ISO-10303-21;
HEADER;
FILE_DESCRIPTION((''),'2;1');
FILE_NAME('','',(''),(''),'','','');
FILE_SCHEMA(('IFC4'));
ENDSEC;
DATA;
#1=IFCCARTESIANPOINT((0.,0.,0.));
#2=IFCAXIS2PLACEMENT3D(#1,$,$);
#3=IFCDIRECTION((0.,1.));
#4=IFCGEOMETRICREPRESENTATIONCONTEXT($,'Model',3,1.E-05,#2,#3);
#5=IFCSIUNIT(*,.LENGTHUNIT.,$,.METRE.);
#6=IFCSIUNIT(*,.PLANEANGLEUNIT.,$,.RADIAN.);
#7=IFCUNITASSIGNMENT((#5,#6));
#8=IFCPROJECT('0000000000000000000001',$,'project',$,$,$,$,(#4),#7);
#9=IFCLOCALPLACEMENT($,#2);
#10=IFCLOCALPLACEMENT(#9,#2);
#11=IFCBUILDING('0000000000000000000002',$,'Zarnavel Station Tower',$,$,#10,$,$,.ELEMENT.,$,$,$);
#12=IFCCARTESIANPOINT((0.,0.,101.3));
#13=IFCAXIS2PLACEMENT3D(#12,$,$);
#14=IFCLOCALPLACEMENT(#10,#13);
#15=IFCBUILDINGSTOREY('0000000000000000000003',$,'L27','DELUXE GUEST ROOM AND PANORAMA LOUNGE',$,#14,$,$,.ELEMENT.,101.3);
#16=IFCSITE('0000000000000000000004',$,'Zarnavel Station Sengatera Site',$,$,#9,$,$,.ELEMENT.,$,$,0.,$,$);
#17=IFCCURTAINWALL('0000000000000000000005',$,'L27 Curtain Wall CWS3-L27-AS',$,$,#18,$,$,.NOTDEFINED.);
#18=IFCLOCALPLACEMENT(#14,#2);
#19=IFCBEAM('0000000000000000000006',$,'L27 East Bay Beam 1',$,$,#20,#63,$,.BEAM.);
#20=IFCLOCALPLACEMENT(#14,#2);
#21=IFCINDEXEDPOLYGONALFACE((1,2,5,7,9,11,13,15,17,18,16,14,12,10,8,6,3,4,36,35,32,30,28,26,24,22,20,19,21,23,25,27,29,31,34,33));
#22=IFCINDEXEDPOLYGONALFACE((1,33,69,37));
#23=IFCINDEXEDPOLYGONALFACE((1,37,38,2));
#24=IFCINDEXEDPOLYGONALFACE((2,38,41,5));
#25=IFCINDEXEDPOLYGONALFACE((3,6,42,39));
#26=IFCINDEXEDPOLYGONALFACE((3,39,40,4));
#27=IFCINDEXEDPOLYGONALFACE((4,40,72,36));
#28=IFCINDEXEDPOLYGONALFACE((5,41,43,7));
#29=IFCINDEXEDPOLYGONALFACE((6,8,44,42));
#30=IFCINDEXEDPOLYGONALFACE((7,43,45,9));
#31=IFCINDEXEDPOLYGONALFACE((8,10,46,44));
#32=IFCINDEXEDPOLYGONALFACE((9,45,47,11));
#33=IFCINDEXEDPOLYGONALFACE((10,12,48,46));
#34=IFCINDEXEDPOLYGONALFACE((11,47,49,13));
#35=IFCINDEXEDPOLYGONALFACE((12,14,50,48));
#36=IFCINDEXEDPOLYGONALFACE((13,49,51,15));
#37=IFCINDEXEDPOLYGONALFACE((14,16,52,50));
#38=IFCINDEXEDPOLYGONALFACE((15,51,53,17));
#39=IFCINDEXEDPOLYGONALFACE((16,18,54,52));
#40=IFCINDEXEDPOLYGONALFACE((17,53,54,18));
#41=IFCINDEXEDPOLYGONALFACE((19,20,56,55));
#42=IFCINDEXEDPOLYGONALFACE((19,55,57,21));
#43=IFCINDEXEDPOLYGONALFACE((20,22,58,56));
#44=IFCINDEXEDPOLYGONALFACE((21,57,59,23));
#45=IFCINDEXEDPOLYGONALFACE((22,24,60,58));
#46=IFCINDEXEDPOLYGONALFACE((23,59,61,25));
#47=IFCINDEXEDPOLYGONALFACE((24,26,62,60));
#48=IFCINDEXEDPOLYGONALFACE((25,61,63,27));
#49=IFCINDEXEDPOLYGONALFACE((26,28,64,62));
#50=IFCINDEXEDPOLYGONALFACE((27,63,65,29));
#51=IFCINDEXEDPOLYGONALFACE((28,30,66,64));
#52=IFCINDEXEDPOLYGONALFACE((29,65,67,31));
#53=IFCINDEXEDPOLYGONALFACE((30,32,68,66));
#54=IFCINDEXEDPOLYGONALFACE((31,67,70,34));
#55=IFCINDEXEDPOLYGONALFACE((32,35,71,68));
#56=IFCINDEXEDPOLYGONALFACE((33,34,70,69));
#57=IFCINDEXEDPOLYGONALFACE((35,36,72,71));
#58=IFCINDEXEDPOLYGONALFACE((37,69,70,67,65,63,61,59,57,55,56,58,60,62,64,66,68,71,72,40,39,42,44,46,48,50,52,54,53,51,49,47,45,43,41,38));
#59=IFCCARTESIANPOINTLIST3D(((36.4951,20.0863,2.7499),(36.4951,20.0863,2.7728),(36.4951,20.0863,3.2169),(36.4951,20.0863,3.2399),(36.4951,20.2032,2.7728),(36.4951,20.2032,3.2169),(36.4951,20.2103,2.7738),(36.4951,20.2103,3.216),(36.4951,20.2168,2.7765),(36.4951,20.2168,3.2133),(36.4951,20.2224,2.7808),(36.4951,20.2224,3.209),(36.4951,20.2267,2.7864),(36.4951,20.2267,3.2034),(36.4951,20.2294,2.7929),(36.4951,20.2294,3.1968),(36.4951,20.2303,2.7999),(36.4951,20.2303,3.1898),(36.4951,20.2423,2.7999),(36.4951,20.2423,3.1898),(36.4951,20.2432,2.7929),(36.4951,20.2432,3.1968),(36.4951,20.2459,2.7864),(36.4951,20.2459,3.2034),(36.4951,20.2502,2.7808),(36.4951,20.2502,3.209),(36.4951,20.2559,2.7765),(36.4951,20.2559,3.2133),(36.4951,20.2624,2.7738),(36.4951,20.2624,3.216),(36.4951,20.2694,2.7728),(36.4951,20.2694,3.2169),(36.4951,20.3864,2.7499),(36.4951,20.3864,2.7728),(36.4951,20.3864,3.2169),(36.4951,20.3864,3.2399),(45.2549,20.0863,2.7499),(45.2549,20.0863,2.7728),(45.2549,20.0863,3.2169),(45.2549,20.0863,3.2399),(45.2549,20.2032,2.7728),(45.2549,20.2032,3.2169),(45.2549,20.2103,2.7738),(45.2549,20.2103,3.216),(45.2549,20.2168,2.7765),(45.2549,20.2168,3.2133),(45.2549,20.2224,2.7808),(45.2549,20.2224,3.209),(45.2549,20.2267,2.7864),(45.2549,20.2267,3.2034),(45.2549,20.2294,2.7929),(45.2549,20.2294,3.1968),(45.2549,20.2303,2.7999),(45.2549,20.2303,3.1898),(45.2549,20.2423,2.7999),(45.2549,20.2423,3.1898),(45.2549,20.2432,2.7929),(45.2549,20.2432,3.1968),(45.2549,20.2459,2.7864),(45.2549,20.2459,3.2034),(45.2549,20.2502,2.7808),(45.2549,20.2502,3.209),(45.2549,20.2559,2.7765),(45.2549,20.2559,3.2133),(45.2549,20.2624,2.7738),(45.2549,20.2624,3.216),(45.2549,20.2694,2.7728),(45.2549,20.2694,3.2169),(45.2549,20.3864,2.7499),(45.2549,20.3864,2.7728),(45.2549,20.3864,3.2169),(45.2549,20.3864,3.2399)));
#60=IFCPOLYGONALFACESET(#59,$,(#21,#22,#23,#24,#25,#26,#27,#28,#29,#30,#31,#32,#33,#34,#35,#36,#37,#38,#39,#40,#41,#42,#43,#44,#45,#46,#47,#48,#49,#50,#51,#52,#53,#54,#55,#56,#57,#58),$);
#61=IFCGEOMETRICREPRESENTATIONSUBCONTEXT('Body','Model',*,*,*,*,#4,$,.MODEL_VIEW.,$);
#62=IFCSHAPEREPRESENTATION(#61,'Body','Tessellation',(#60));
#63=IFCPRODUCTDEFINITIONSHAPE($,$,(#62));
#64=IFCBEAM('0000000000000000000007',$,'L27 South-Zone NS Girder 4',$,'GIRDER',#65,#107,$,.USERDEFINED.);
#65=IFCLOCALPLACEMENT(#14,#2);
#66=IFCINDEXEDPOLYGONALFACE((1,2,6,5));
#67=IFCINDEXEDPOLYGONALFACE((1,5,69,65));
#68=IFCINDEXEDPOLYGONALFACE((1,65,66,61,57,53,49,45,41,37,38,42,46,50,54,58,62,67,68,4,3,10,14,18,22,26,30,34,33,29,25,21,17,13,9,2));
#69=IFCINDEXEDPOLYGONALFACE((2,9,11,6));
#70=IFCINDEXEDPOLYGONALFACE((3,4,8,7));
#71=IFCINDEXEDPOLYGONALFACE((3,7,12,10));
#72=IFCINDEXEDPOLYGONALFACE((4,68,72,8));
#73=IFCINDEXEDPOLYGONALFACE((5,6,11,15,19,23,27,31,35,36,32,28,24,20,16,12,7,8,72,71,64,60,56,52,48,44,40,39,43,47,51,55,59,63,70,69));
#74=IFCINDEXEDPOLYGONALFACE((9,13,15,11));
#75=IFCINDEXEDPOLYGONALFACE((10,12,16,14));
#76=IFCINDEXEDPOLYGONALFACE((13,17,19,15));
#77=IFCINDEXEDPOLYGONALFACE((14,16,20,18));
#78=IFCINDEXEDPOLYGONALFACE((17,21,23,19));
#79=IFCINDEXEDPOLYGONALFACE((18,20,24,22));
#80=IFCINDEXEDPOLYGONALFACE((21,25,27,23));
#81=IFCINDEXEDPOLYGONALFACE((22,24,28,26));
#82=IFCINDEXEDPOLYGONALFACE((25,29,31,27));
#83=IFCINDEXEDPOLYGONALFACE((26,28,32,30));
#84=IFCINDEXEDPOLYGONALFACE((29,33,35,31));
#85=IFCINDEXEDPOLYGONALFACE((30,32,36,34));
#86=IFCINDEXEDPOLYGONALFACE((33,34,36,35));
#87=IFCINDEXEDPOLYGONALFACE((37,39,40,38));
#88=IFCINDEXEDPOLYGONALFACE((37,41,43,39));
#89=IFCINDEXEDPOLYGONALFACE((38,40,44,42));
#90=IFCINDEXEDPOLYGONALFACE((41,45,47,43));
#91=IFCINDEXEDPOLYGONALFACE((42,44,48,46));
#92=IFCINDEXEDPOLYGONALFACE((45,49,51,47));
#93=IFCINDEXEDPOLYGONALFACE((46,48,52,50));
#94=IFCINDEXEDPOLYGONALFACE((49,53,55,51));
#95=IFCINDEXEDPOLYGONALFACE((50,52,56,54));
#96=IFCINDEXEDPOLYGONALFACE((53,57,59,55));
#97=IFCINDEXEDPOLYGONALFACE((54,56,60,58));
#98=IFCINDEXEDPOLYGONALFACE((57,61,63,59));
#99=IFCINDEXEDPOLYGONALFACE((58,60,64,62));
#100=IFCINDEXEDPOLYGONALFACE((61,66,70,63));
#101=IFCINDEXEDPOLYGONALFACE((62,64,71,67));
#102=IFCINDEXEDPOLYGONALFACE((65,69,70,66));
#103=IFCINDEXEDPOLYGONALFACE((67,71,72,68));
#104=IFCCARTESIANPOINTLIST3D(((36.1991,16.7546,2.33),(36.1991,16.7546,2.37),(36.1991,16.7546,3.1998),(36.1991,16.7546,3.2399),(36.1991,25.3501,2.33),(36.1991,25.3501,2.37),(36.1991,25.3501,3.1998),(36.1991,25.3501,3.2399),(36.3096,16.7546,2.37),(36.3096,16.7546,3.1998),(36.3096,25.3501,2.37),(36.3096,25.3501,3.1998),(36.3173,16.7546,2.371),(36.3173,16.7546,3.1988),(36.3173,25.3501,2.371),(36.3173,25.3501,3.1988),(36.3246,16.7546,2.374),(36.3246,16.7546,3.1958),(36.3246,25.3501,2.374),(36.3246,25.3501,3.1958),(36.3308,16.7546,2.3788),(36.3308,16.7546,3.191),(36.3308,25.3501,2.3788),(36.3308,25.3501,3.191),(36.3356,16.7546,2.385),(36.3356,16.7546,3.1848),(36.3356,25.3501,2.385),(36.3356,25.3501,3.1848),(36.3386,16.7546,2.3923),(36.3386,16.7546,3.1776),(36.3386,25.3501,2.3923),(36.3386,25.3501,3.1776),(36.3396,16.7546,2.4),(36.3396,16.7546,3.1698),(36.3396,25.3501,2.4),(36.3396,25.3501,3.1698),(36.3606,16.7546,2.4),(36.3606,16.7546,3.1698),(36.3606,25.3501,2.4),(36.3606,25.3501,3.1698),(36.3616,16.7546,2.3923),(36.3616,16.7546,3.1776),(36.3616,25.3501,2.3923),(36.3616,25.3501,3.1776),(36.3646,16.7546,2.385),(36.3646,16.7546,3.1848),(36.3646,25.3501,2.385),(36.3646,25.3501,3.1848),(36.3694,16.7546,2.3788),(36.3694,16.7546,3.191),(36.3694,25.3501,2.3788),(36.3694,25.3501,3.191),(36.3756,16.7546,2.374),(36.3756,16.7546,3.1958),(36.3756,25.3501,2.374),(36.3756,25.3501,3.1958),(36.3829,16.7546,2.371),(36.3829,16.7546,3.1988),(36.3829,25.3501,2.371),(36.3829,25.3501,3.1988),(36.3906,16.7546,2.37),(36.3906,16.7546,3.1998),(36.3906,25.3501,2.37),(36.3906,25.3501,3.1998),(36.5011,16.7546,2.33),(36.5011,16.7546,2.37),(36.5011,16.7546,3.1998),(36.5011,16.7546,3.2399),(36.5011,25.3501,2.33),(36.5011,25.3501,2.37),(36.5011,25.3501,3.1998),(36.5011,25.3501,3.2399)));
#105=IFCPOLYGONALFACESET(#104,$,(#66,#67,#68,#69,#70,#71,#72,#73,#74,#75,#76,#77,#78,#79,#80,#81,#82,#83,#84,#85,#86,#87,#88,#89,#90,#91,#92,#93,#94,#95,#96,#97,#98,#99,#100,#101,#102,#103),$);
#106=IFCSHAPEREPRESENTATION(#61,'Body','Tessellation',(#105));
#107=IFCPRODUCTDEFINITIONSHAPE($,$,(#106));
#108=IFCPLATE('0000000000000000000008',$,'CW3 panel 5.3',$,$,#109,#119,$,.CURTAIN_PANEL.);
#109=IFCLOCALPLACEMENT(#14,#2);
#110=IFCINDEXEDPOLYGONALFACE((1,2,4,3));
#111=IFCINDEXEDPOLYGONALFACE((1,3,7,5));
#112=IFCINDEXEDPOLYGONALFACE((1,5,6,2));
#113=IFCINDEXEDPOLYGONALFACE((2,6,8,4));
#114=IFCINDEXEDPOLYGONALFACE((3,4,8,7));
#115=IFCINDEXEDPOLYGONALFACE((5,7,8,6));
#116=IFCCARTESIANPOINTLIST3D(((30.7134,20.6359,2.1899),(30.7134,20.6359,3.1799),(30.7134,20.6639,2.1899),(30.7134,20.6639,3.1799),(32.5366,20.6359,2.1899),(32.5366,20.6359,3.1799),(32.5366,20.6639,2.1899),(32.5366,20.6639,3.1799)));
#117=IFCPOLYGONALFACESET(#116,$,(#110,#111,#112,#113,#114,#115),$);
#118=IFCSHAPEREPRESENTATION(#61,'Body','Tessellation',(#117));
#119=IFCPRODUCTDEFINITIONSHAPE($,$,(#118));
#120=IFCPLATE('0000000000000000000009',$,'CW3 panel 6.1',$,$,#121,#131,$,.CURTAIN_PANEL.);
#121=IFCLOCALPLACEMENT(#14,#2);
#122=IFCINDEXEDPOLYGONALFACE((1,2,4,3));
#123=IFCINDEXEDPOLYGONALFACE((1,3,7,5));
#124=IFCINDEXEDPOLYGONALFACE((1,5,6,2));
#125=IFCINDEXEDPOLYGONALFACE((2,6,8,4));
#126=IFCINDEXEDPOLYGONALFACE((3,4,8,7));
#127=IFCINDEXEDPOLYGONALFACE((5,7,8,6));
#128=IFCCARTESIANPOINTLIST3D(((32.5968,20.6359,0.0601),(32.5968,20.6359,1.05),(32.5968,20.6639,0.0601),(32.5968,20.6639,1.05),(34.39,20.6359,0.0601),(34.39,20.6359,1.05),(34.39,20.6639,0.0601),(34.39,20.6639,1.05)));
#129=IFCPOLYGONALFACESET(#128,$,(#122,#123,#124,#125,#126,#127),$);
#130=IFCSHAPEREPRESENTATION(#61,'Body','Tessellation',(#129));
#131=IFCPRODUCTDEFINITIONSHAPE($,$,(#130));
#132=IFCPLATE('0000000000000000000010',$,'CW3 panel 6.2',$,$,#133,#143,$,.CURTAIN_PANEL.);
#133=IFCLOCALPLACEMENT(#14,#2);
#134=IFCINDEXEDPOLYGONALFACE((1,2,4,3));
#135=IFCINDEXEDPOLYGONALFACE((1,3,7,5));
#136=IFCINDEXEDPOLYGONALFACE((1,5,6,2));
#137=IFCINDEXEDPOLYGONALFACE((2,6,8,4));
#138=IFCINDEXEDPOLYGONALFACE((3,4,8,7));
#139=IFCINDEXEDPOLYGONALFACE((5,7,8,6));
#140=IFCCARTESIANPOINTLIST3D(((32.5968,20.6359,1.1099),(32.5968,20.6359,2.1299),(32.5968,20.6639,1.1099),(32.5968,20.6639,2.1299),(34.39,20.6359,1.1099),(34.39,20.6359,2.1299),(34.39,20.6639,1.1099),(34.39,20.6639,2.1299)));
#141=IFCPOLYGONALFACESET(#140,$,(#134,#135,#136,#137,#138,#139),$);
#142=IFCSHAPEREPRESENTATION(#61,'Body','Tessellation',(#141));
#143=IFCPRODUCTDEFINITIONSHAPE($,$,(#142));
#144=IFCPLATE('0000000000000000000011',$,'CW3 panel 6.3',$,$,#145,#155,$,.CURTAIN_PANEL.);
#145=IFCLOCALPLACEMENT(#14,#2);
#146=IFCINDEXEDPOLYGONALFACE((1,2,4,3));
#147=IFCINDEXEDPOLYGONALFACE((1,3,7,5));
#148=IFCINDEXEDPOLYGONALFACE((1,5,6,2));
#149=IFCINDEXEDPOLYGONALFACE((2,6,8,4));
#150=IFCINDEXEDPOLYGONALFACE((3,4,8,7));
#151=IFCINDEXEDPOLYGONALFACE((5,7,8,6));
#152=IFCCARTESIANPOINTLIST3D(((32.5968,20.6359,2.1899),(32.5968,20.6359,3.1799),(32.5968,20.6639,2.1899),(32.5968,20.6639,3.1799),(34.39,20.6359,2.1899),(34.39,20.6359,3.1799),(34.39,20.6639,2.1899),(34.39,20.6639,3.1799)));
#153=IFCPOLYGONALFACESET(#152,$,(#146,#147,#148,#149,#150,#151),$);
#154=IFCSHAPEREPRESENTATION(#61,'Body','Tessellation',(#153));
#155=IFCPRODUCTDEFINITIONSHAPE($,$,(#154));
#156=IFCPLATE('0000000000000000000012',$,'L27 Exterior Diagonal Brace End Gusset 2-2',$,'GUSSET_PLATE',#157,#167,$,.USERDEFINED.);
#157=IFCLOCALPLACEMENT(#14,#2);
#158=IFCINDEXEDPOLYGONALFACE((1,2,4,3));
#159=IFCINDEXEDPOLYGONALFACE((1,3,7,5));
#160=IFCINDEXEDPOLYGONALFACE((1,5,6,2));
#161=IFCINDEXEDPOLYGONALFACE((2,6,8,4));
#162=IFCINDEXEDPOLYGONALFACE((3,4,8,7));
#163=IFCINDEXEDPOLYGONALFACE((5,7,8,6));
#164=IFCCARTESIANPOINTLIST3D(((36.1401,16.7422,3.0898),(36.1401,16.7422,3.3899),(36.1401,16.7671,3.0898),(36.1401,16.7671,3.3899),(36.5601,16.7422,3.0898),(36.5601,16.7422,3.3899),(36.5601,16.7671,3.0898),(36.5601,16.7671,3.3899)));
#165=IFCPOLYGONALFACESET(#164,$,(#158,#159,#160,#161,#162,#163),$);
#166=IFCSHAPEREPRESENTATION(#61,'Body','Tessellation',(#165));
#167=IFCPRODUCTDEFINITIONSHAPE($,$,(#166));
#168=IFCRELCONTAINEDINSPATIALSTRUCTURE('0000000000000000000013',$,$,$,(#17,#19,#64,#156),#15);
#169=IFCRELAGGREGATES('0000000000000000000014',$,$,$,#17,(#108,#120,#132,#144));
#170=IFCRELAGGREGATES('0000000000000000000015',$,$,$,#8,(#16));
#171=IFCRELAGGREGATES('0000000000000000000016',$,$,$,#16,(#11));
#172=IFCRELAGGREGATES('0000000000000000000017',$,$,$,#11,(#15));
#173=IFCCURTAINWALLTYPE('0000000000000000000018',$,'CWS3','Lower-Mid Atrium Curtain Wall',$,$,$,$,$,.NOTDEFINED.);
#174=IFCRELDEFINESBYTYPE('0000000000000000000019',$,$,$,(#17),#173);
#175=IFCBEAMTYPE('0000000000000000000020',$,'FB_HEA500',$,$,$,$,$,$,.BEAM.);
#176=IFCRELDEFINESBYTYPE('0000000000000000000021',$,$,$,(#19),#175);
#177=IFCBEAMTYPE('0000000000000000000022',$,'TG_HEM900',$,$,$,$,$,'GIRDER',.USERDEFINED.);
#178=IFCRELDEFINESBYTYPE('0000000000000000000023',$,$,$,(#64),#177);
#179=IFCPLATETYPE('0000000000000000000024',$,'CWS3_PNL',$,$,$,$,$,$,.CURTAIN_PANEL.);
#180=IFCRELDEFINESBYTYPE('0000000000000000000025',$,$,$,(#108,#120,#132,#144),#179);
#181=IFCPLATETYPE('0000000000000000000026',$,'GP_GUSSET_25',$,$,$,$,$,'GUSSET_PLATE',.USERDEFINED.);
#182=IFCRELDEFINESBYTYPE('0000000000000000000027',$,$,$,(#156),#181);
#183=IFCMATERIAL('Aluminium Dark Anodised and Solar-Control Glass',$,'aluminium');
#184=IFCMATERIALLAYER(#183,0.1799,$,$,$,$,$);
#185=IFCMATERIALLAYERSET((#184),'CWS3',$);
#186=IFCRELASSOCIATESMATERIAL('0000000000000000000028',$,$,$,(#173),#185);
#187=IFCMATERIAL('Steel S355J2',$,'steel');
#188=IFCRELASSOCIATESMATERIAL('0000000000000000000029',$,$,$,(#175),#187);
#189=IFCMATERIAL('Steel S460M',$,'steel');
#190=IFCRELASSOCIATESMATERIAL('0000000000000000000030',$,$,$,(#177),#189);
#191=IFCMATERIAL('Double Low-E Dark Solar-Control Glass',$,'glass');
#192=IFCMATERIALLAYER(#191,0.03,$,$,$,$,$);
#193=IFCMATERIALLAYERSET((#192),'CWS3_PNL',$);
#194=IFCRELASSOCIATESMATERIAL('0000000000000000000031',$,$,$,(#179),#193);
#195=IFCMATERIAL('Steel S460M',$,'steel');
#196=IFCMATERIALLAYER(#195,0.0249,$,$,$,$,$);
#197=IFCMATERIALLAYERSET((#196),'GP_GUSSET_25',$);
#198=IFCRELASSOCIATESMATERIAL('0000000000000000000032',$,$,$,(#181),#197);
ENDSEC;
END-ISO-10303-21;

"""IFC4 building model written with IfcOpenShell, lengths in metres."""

from ifc_helpers import new_model, si_unit, direction, frame, origin, origin_2d, place, context, subcontext, project, spatial, rectangle, i_section, extrude, material, layer, layer_set, material_profile, profile_set, type_object, element, aggregate, save


model = new_model("IFC4")

# Units and contexts
model_context = context("Model", 3, precision=1e-05, world=origin(), true_north=direction((0.0, 1.0)))
body_context = subcontext(model_context, "Body", "Model", "MODEL_VIEW")
ifc_project = project(units=[si_unit("LENGTHUNIT", "METRE"), si_unit("PLANEANGLEUNIT", "RADIAN")], contexts=[model_context])

# Site, building, storey
site_placement = place(None, origin())
site = spatial("IfcSite", under=ifc_project, at=site_placement, Name="Zarnavel Station Sengatera Site", CompositionType="ELEMENT", RefElevation=0.0)
building_placement = place(site_placement, origin())
building = spatial("IfcBuilding", under=site, at=building_placement, Name="Zarnavel Station Tower", CompositionType="ELEMENT")
storey_placement = place(building_placement, frame((0.0, 0.0, 101.3)))
storey = spatial("IfcBuildingStorey", under=building, at=storey_placement, Name="L27", Description="DELUXE GUEST ROOM AND PANORAMA LOUNGE", CompositionType="ELEMENT", Elevation=101.3)

# Curtain wall
ifc_material_1 = material(Name="Aluminium Dark Anodised and Solar-Control Glass", Category="aluminium")
ifc_layer_1 = layer(ifc_material_1, 0.1799)
ifc_layer_set_1 = layer_set([ifc_layer_1], Name="CWS3")
curtain_wall_type = type_object("IfcCurtainWallType", Name="CWS3", Description="Lower-Mid Atrium Curtain Wall", PredefinedType="NOTDEFINED", material=ifc_layer_set_1)
curtain_wall_placement = place(storey_placement, origin())
curtain_wall = element("IfcCurtainWall", 1, at=curtain_wall_placement, inside=storey, type_object=curtain_wall_type, Name="L27 Curtain Wall CWS3-L27-AS", PredefinedType="NOTDEFINED")

# Beams
ifc_material_2 = material(Name="Steel S355J2", Category="steel")
ifc_material_profile_1 = material_profile(ifc_material_2, i_section(OverallWidth=0.3, OverallDepth=0.49, WebThickness=0.012, FlangeThickness=0.0229, FilletRadius=0.0271, at=origin_2d()), Name="HEA500")
ifc_profile_set_1 = profile_set([ifc_material_profile_1], Name="Steel S355J2")
beam_type_1 = type_object("IfcBeamType", Name="FB_HEA500", PredefinedType="BEAM", material=ifc_profile_set_1)
beam_1_placement = place(storey_placement, frame((36.4951, 20.2363, 2.9949), z_axis=(1.0, 0.0, 0.0), x_axis=(0.0, 1.0, 0.0)))
element("IfcBeam", 2, at=beam_1_placement, inside=storey, type_object=beam_type_1, Name="L27 East Bay Beam 1", PredefinedType="BEAM", context=body_context, shape_type="SweptSolid", body=[
    extrude(i_section(OverallWidth=0.3, OverallDepth=0.49, WebThickness=0.012, FlangeThickness=0.0229, FilletRadius=0.0271, at=origin_2d()), origin(), (0.0, 0.0, 1.0), 8.7598),
])
ifc_material_3 = material(Name="Steel S460M", Category="steel")
ifc_material_profile_2 = material_profile(ifc_material_3, i_section(OverallWidth=0.302, OverallDepth=0.9099, WebThickness=0.021, FlangeThickness=0.04, FilletRadius=0.03, at=origin_2d()), Name="HEM900")
ifc_profile_set_2 = profile_set([ifc_material_profile_2], Name="Steel S460M")
beam_type_2 = type_object("IfcBeamType", Name="TG_HEM900", ElementType="GIRDER", PredefinedType="USERDEFINED", material=ifc_profile_set_2)
beam_2_placement = place(storey_placement, frame((36.3501, 16.7546, 2.7849), z_axis=(0.0, 1.0, 0.0), x_axis=(-1.0, 0.0, 0.0)))
element("IfcBeam", 3, at=beam_2_placement, inside=storey, type_object=beam_type_2, Name="L27 South-Zone NS Girder 4", ObjectType="GIRDER", PredefinedType="USERDEFINED", context=body_context, shape_type="SweptSolid", body=[
    extrude(i_section(OverallWidth=0.302, OverallDepth=0.9099, WebThickness=0.021, FlangeThickness=0.04, FilletRadius=0.03, at=origin_2d()), origin(), (0.0, 0.0, 1.0), 8.5955),
])

# Plates
ifc_material_4 = material(Name="Double Low-E Dark Solar-Control Glass", Category="glass")
ifc_layer_2 = layer(ifc_material_4, 0.03)
ifc_layer_set_2 = layer_set([ifc_layer_2], Name="CWS3_PNL")
plate_type_1 = type_object("IfcPlateType", Name="CWS3_PNL", PredefinedType="CURTAIN_PANEL", material=ifc_layer_set_2)
plate_1_placement = place(storey_placement, frame((31.625, 20.6499, 2.1899), z_axis=(0.0, 0.0, 1.0), x_axis=(1.0, 0.0, 0.0)))
plate_1 = element("IfcPlate", 4, at=plate_1_placement, type_object=plate_type_1, Name="CW3 panel 5.3", PredefinedType="CURTAIN_PANEL", context=body_context, shape_type="SweptSolid", body=[
    extrude(rectangle(XDim=1.8232, YDim=0.0281, at=origin_2d()), origin(), (0.0, 0.0, 1.0), 0.99),
])
plate_2_placement = place(storey_placement, frame((33.4934, 20.6499, 0.0601), z_axis=(0.0, 0.0, 1.0), x_axis=(1.0, 0.0, 0.0)))
plate_2 = element("IfcPlate", 5, at=plate_2_placement, type_object=plate_type_1, Name="CW3 panel 6.1", PredefinedType="CURTAIN_PANEL", context=body_context, shape_type="SweptSolid", body=[
    extrude(rectangle(XDim=1.7932, YDim=0.0281, at=origin_2d()), origin(), (0.0, 0.0, 1.0), 0.99),
])
plate_3_placement = place(storey_placement, frame((33.4934, 20.6499, 1.1099), z_axis=(0.0, 0.0, 1.0), x_axis=(1.0, 0.0, 0.0)))
plate_3 = element("IfcPlate", 6, at=plate_3_placement, type_object=plate_type_1, Name="CW3 panel 6.2", PredefinedType="CURTAIN_PANEL", context=body_context, shape_type="SweptSolid", body=[
    extrude(rectangle(XDim=1.7932, YDim=0.0281, at=origin_2d()), origin(), (0.0, 0.0, 1.0), 1.02),
])
plate_4_placement = place(storey_placement, frame((33.4934, 20.6499, 2.1899), z_axis=(0.0, 0.0, 1.0), x_axis=(1.0, 0.0, 0.0)))
plate_4 = element("IfcPlate", 7, at=plate_4_placement, type_object=plate_type_1, Name="CW3 panel 6.3", PredefinedType="CURTAIN_PANEL", context=body_context, shape_type="SweptSolid", body=[
    extrude(rectangle(XDim=1.7932, YDim=0.0281, at=origin_2d()), origin(), (0.0, 0.0, 1.0), 0.99),
])
aggregate(curtain_wall, [plate_1, plate_2, plate_3, plate_4])
ifc_material_5 = material(Name="Steel S460M", Category="steel")
ifc_layer_3 = layer(ifc_material_5, 0.0249)
ifc_layer_set_3 = layer_set([ifc_layer_3], Name="GP_GUSSET_25")
plate_type_2 = type_object("IfcPlateType", Name="GP_GUSSET_25", ElementType="GUSSET_PLATE", PredefinedType="USERDEFINED", material=ifc_layer_set_3)
plate_5_placement = place(storey_placement, frame((36.3501, 16.7546, 3.0898), z_axis=(0.0, 0.0, 1.0), x_axis=(1.0, 0.0, 0.0)))
element("IfcPlate", 8, at=plate_5_placement, inside=storey, type_object=plate_type_2, Name="L27 Exterior Diagonal Brace End Gusset 2-2", ObjectType="GUSSET_PLATE", PredefinedType="USERDEFINED", context=body_context, shape_type="SweptSolid", body=[
    extrude(rectangle(XDim=0.4199, YDim=0.0249, at=origin_2d()), origin(), (0.0, 0.0, 1.0), 0.3),
])

save(model, "model.ifc")
